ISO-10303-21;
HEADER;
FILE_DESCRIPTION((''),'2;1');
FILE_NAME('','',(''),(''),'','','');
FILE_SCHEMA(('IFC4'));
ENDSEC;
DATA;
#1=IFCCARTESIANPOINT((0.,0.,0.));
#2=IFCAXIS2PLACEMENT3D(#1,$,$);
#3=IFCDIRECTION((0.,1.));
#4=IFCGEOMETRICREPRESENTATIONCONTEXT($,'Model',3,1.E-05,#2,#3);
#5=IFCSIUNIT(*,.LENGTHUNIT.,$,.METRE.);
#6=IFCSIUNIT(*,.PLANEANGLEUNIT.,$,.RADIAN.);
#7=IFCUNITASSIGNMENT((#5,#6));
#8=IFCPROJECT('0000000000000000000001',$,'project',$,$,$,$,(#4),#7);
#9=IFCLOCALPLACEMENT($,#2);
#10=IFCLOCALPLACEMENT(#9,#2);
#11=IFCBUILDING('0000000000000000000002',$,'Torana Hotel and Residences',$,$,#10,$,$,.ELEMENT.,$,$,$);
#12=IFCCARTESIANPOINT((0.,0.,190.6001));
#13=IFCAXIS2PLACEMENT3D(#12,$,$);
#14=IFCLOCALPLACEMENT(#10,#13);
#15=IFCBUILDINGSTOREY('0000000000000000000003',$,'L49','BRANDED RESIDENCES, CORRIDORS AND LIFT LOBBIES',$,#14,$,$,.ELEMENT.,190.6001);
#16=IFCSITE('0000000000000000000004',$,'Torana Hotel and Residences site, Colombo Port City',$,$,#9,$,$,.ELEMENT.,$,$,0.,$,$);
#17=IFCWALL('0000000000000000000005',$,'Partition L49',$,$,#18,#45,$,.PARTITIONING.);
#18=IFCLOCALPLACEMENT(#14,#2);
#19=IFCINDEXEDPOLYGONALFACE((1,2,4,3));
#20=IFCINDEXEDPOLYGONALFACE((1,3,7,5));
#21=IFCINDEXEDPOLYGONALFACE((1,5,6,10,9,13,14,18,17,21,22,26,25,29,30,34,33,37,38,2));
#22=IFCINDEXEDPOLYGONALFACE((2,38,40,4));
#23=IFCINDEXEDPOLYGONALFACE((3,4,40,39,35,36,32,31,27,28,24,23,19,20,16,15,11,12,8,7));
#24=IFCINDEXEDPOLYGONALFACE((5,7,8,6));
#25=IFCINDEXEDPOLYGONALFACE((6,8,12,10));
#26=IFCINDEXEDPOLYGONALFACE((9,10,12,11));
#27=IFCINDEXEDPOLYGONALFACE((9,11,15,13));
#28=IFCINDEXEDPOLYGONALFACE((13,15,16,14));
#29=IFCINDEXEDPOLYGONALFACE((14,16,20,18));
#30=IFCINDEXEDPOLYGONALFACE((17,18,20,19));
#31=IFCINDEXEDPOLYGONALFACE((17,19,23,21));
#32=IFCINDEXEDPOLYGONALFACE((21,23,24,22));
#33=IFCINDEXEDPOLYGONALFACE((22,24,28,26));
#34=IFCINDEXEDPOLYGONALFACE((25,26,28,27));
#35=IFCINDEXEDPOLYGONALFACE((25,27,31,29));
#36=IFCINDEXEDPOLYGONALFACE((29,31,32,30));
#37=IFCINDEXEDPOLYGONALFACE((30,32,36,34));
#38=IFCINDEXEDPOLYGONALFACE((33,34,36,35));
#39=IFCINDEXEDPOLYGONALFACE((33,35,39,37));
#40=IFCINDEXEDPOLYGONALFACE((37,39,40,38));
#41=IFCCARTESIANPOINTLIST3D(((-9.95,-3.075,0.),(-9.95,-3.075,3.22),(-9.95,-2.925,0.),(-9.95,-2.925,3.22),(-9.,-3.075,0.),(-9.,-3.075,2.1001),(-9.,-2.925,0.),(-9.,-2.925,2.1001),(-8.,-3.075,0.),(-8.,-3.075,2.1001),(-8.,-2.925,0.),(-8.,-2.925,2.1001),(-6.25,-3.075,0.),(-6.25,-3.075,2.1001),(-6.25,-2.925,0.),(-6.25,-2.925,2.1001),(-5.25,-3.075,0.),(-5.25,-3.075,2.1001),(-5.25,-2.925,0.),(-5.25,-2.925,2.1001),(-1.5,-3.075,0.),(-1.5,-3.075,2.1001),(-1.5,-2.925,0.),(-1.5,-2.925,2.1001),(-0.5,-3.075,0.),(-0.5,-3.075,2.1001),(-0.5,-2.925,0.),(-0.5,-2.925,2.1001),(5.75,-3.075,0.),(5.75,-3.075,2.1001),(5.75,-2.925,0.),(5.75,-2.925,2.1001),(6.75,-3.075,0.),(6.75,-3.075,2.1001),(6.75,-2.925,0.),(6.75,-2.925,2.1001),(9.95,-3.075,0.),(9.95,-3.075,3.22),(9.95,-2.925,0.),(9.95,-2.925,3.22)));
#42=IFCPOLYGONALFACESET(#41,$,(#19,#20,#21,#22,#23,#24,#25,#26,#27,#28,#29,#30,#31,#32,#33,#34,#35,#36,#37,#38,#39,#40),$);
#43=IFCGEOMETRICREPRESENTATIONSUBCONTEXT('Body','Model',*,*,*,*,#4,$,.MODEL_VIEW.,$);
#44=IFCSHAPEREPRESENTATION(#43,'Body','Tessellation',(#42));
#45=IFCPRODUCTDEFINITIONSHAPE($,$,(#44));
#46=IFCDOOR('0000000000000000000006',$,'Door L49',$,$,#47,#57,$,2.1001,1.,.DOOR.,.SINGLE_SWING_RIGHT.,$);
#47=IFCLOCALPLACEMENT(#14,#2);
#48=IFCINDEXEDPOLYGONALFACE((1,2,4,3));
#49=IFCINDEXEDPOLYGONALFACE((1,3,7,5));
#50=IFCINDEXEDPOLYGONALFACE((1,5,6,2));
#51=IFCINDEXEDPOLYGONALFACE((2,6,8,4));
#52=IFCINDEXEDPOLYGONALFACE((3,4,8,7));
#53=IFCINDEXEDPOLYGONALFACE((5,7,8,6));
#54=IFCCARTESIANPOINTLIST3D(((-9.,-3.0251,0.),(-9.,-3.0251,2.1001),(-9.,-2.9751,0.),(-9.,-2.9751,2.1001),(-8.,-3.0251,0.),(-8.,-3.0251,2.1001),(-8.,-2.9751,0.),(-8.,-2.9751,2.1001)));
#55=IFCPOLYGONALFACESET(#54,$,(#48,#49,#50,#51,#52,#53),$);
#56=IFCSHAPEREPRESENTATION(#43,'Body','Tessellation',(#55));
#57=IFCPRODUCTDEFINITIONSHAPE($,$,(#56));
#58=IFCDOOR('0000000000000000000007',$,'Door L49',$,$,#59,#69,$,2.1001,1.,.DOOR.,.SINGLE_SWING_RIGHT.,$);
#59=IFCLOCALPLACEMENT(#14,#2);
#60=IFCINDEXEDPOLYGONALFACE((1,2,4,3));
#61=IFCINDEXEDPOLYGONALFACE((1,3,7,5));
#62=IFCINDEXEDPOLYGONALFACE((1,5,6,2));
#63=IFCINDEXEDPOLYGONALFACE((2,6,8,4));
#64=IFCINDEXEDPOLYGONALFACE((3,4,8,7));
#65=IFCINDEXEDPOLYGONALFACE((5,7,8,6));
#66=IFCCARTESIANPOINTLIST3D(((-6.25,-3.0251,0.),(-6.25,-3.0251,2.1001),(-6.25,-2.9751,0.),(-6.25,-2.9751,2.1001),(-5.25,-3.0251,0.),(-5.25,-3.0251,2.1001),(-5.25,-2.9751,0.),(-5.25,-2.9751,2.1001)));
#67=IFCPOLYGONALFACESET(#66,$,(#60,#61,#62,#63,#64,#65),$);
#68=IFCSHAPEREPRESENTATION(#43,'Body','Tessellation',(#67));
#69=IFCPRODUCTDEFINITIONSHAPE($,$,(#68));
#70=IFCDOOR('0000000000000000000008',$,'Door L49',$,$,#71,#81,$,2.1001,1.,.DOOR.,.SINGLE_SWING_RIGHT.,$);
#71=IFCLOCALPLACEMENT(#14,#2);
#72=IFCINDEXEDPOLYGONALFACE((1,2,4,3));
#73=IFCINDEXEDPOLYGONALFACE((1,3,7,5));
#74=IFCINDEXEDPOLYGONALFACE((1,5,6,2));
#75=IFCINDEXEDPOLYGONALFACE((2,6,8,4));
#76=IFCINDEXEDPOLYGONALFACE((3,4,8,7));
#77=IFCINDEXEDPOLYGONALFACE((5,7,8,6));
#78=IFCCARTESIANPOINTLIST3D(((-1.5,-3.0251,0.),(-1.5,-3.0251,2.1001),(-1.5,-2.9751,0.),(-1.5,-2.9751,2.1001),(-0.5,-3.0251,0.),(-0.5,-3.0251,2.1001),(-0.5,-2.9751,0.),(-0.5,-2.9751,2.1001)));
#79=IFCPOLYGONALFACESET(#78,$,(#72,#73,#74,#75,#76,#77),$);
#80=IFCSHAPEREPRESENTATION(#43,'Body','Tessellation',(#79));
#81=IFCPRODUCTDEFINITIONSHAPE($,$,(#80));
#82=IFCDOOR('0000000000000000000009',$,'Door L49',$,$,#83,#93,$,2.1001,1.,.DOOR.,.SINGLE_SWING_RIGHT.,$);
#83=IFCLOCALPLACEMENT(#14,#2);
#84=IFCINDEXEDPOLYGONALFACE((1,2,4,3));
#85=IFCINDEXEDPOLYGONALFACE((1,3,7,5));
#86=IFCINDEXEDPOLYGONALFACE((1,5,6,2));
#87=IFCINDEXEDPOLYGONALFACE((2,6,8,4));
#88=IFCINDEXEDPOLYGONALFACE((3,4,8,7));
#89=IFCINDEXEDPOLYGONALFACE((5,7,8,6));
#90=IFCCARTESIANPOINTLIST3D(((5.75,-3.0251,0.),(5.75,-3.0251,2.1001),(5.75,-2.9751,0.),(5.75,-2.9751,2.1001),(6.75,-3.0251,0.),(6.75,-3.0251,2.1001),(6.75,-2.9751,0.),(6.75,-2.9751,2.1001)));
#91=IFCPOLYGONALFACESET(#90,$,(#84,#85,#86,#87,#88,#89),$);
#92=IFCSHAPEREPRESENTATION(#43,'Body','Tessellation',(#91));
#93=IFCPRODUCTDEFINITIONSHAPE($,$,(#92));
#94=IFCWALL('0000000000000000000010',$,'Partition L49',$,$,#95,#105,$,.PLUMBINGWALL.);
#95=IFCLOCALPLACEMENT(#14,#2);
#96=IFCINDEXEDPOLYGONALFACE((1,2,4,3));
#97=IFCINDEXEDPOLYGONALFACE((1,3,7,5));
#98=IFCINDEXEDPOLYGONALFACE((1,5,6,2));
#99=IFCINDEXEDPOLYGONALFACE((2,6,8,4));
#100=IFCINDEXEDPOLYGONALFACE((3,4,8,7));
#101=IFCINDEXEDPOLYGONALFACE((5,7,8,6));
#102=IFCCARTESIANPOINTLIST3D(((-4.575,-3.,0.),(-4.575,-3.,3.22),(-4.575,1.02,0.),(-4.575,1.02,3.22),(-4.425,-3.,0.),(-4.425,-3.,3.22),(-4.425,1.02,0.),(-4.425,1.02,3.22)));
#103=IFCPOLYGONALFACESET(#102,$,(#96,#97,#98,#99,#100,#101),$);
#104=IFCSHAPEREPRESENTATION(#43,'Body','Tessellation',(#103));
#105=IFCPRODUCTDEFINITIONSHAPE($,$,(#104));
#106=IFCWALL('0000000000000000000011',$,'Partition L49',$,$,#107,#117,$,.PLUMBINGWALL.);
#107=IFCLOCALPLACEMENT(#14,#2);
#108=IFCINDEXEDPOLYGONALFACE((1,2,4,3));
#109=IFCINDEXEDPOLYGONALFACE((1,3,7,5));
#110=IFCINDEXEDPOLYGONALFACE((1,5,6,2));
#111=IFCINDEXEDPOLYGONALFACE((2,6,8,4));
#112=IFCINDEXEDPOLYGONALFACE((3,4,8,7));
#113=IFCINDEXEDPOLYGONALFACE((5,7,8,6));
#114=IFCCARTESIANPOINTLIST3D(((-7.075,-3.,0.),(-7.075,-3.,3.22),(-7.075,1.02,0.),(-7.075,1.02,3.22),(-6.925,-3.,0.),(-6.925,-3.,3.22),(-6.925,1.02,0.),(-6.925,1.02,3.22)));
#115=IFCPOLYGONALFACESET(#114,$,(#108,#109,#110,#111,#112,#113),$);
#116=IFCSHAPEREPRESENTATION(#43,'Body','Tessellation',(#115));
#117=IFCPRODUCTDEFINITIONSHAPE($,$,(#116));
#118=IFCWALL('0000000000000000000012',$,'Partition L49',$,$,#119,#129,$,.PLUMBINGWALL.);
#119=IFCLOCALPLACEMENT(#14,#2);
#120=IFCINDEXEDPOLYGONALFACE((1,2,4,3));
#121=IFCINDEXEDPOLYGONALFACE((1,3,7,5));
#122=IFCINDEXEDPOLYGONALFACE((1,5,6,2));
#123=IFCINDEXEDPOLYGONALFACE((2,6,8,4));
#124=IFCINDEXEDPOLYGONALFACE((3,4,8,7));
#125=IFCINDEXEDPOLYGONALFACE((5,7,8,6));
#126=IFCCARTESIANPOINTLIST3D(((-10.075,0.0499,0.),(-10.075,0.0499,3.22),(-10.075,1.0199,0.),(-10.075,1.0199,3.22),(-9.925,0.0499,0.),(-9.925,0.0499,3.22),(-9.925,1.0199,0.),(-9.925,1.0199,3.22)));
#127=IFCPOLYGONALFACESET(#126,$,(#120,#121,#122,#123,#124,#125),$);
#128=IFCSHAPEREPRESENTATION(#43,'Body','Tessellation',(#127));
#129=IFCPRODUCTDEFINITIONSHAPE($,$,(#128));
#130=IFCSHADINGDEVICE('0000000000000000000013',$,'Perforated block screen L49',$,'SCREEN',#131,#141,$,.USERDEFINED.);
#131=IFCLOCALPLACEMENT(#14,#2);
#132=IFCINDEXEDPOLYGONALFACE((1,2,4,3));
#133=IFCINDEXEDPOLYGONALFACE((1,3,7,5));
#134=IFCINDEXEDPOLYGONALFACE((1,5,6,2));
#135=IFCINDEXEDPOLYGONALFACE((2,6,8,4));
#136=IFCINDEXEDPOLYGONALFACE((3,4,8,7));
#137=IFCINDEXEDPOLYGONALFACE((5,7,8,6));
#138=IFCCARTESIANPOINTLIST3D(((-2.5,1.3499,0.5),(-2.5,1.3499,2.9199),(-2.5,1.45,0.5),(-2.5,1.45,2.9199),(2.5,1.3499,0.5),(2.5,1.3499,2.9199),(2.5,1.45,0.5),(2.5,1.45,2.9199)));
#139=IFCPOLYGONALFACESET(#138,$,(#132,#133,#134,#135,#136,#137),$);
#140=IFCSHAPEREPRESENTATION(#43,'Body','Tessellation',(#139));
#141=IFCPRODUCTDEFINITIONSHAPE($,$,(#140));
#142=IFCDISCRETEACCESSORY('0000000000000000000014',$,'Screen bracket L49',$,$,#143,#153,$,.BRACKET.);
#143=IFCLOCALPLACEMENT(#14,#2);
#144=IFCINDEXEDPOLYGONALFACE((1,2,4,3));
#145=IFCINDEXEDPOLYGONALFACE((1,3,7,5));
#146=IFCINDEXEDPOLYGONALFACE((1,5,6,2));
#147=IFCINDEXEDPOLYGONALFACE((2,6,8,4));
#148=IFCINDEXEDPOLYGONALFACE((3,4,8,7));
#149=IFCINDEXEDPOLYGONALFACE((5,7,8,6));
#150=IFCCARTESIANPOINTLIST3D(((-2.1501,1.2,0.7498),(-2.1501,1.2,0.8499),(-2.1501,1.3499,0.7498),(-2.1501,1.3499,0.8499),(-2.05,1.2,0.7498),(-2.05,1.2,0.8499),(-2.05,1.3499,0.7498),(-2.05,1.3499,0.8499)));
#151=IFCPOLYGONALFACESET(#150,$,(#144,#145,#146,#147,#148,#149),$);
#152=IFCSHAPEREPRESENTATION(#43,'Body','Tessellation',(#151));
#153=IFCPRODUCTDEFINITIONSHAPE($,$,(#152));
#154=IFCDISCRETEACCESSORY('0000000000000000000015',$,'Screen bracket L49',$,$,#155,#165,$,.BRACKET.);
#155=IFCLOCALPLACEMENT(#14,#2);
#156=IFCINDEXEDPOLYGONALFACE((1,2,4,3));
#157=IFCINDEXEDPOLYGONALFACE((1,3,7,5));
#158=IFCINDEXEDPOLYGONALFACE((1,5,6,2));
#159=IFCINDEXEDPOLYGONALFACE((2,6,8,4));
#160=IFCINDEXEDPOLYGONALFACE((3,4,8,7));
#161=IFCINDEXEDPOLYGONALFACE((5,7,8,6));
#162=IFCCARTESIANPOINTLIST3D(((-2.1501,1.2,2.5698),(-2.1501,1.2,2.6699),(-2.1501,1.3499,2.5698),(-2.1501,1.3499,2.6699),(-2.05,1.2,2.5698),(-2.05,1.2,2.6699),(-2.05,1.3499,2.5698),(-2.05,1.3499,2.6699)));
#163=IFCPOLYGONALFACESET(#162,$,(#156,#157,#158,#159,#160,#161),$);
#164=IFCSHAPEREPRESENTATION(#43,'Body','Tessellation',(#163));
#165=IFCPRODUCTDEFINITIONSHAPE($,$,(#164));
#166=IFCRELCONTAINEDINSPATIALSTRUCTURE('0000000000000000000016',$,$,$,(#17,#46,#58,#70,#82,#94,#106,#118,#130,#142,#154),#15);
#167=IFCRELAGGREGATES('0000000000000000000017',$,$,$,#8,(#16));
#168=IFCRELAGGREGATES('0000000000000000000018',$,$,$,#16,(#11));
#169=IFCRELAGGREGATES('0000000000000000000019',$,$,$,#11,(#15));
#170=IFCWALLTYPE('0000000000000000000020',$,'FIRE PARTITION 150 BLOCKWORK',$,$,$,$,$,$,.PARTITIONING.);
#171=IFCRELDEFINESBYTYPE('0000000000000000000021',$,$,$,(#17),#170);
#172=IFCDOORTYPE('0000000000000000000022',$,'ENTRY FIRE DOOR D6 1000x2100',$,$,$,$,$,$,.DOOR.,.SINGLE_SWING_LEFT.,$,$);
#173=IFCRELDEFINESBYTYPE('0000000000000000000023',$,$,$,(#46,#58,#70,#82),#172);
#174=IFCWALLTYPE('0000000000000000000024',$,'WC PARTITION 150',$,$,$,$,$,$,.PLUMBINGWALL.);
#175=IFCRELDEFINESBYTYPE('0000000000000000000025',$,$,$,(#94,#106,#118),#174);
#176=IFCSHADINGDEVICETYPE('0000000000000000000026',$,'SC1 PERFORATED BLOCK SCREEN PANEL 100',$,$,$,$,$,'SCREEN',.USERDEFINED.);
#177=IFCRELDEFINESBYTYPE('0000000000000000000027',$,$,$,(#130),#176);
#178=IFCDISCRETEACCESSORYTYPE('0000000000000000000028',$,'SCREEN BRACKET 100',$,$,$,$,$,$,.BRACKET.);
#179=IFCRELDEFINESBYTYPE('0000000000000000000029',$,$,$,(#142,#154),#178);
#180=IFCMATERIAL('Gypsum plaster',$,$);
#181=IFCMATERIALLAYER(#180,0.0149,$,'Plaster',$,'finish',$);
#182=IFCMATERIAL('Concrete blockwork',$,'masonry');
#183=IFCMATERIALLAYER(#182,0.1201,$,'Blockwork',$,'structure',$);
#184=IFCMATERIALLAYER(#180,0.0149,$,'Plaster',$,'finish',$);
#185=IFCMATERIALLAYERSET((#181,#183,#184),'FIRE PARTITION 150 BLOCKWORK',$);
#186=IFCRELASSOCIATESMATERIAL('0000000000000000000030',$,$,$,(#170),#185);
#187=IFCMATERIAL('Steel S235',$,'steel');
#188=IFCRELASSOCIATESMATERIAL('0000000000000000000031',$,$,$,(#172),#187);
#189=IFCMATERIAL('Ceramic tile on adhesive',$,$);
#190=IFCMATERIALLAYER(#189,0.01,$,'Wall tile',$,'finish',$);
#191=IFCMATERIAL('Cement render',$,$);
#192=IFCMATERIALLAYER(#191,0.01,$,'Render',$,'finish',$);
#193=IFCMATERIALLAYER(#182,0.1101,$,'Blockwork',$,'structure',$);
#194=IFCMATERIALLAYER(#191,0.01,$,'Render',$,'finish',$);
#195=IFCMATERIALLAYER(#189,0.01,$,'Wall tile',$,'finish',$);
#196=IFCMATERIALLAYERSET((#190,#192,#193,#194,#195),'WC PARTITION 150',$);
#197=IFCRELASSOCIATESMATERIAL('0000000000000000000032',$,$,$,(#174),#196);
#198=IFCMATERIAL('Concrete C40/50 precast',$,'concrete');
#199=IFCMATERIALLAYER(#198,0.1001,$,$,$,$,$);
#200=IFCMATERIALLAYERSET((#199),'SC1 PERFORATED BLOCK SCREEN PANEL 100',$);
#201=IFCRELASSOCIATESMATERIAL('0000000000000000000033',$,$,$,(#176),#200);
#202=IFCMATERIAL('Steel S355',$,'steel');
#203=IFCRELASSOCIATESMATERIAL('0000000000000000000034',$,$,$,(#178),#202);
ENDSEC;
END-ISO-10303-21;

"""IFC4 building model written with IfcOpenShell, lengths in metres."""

from ifc_helpers import new_model, si_unit, direction, frame, frame_2d, origin, origin_2d, place, context, subcontext, project, spatial, rectangle, extrude, material, layer, layer_set, type_object, element, fill, save


model = new_model("IFC4")

# Units and contexts
model_context = context("Model", 3, precision=1e-05, world=origin(), true_north=direction((0.0, 1.0)))
body_context = subcontext(model_context, "Body", "Model", "MODEL_VIEW")
ifc_project = project(units=[si_unit("LENGTHUNIT", "METRE"), si_unit("PLANEANGLEUNIT", "RADIAN")], contexts=[model_context])

# Site, building, storey
site_placement = place(None, origin())
site = spatial("IfcSite", under=ifc_project, at=site_placement, Name="Torana Hotel and Residences site, Colombo Port City", CompositionType="ELEMENT", RefElevation=0.0)
building_placement = place(site_placement, origin())
building = spatial("IfcBuilding", under=site, at=building_placement, Name="Torana Hotel and Residences", CompositionType="ELEMENT")
storey_placement = place(building_placement, frame((0.0, 0.0, 190.6001)))
storey = spatial("IfcBuildingStorey", under=building, at=storey_placement, Name="L49", Description="BRANDED RESIDENCES, CORRIDORS AND LIFT LOBBIES", CompositionType="ELEMENT", Elevation=190.6001)

# Shared definitions
ifc_material_1 = material(Name="Gypsum plaster")
ifc_layer_1 = layer(ifc_material_1, 0.0149, Name="Plaster", Category="finish")
ifc_material_2 = material(Name="Concrete blockwork", Category="masonry")
ifc_layer_2 = layer(ifc_material_2, 0.1201, Name="Blockwork", Category="structure")
ifc_layer_3 = layer(ifc_material_1, 0.0149, Name="Plaster", Category="finish")
ifc_layer_set_1 = layer_set([ifc_layer_1, ifc_layer_2, ifc_layer_3], Name="FIRE PARTITION 150 BLOCKWORK")
wall_type_1 = type_object("IfcWallType", Name="FIRE PARTITION 150 BLOCKWORK", PredefinedType="PARTITIONING", material=ifc_layer_set_1)

# Wall, openings, doors
ifc_material_3 = material(Name="Steel S235", Category="steel")
door_type = type_object("IfcDoorType", Name="ENTRY FIRE DOOR D6 1000x2100", OperationType="SINGLE_SWING_LEFT", PredefinedType="DOOR", material=ifc_material_3)
wall_1_placement = place(storey_placement, frame((-9.95, -3.0, 0.0), z_axis=(0.0, 0.0, 1.0), x_axis=(1.0, 0.0, 0.0)))
wall_1 = element("IfcWall", 1, at=wall_1_placement, inside=storey, type_object=wall_type_1, Name="Partition L49", PredefinedType="PARTITIONING", context=body_context, shape_type="SweptSolid", body=[
    extrude(rectangle(XDim=19.8999, YDim=0.1499, at=frame_2d((9.95, 0.0))), origin(), (0.0, 0.0, 1.0), 3.22),
])
opening_1_placement = place(wall_1_placement, frame((0.95, 0.0, 0.0)))
opening_1 = element("IfcOpeningElement", 2, at=opening_1_placement, cuts=wall_1, PredefinedType="OPENING", context=body_context, shape_type="SweptSolid", body=[
    extrude(rectangle(XDim=1.0, YDim=2.1001, at=frame_2d((0.5, 1.05))), frame((0.0, 0.085, 0.0), z_axis=(0.0, -1.0, 0.0), x_axis=(1.0, 0.0, 0.0)), (0.0, 0.0, 1.0), 0.1699),
])
opening_2_placement = place(wall_1_placement, frame((3.7, 0.0, 0.0)))
opening_2 = element("IfcOpeningElement", 3, at=opening_2_placement, cuts=wall_1, PredefinedType="OPENING", context=body_context, shape_type="SweptSolid", body=[
    extrude(rectangle(XDim=1.0, YDim=2.1001, at=frame_2d((0.5, 1.05))), frame((0.0, 0.085, 0.0), z_axis=(0.0, -1.0, 0.0), x_axis=(1.0, 0.0, 0.0)), (0.0, 0.0, 1.0), 0.1699),
])
opening_3_placement = place(wall_1_placement, frame((8.45, 0.0, 0.0)))
opening_3 = element("IfcOpeningElement", 4, at=opening_3_placement, cuts=wall_1, PredefinedType="OPENING", context=body_context, shape_type="SweptSolid", body=[
    extrude(rectangle(XDim=1.0, YDim=2.1001, at=frame_2d((0.5, 1.05))), frame((0.0, 0.085, 0.0), z_axis=(0.0, -1.0, 0.0), x_axis=(1.0, 0.0, 0.0)), (0.0, 0.0, 1.0), 0.1699),
])
opening_4_placement = place(wall_1_placement, frame((15.7, 0.0, 0.0)))
opening_4 = element("IfcOpeningElement", 5, at=opening_4_placement, cuts=wall_1, PredefinedType="OPENING", context=body_context, shape_type="SweptSolid", body=[
    extrude(rectangle(XDim=1.0, YDim=2.1001, at=frame_2d((0.5, 1.05))), frame((0.0, 0.085, 0.0), z_axis=(0.0, -1.0, 0.0), x_axis=(1.0, 0.0, 0.0)), (0.0, 0.0, 1.0), 0.1699),
])
door_1_placement = place(opening_1_placement, origin())
door_1 = element("IfcDoor", 6, at=door_1_placement, inside=storey, type_object=door_type, Name="Door L49", OperationType="SINGLE_SWING_RIGHT", OverallHeight=2.1001, OverallWidth=1.0, PredefinedType="DOOR", context=body_context, shape_type="SweptSolid", body=[
    extrude(rectangle(XDim=1.0, YDim=2.1001, at=frame_2d((0.5, 1.05))), frame((0.0, 0.0249, 0.0), z_axis=(0.0, -1.0, 0.0), x_axis=(1.0, 0.0, 0.0)), (0.0, 0.0, 1.0), 0.05),
])
fill(opening_1, door_1)
door_2_placement = place(opening_2_placement, origin())
door_2 = element("IfcDoor", 7, at=door_2_placement, inside=storey, type_object=door_type, Name="Door L49", OperationType="SINGLE_SWING_RIGHT", OverallHeight=2.1001, OverallWidth=1.0, PredefinedType="DOOR", context=body_context, shape_type="SweptSolid", body=[
    extrude(rectangle(XDim=1.0, YDim=2.1001, at=frame_2d((0.5, 1.05))), frame((0.0, 0.0249, 0.0), z_axis=(0.0, -1.0, 0.0), x_axis=(1.0, 0.0, 0.0)), (0.0, 0.0, 1.0), 0.05),
])
fill(opening_2, door_2)
door_3_placement = place(opening_3_placement, origin())
door_3 = element("IfcDoor", 8, at=door_3_placement, inside=storey, type_object=door_type, Name="Door L49", OperationType="SINGLE_SWING_RIGHT", OverallHeight=2.1001, OverallWidth=1.0, PredefinedType="DOOR", context=body_context, shape_type="SweptSolid", body=[
    extrude(rectangle(XDim=1.0, YDim=2.1001, at=frame_2d((0.5, 1.05))), frame((0.0, 0.0249, 0.0), z_axis=(0.0, -1.0, 0.0), x_axis=(1.0, 0.0, 0.0)), (0.0, 0.0, 1.0), 0.05),
])
fill(opening_3, door_3)
door_4_placement = place(opening_4_placement, origin())
door_4 = element("IfcDoor", 9, at=door_4_placement, inside=storey, type_object=door_type, Name="Door L49", OperationType="SINGLE_SWING_RIGHT", OverallHeight=2.1001, OverallWidth=1.0, PredefinedType="DOOR", context=body_context, shape_type="SweptSolid", body=[
    extrude(rectangle(XDim=1.0, YDim=2.1001, at=frame_2d((0.5, 1.05))), frame((0.0, 0.0249, 0.0), z_axis=(0.0, -1.0, 0.0), x_axis=(1.0, 0.0, 0.0)), (0.0, 0.0, 1.0), 0.05),
])
fill(opening_4, door_4)

# Walls
ifc_material_4 = material(Name="Ceramic tile on adhesive")
ifc_layer_4 = layer(ifc_material_4, 0.01, Name="Wall tile", Category="finish")
ifc_material_5 = material(Name="Cement render")
ifc_layer_5 = layer(ifc_material_5, 0.01, Name="Render", Category="finish")
ifc_layer_6 = layer(ifc_material_2, 0.1101, Name="Blockwork", Category="structure")
ifc_layer_7 = layer(ifc_material_5, 0.01, Name="Render", Category="finish")
ifc_layer_8 = layer(ifc_material_4, 0.01, Name="Wall tile", Category="finish")
ifc_layer_set_2 = layer_set([ifc_layer_4, ifc_layer_5, ifc_layer_6, ifc_layer_7, ifc_layer_8], Name="WC PARTITION 150")
wall_type_2 = type_object("IfcWallType", Name="WC PARTITION 150", PredefinedType="PLUMBINGWALL", material=ifc_layer_set_2)
for number, where, z_axis, x_axis, name in (
    (10, (-4.5, -3.0, 0.0), (0.0, 0.0, 1.0), (0.0, 1.0, 0.0), "Partition L49"),
    (11, (-7.0, -3.0, 0.0), (0.0, 0.0, 1.0), (0.0, 1.0, 0.0), "Partition L49"),
):
    element("IfcWall", number, at=place(storey_placement, frame(where, z_axis=z_axis, x_axis=x_axis)), inside=storey, type_object=wall_type_2, Name=name, PredefinedType="PLUMBINGWALL", context=body_context, shape_type="SweptSolid", body=[
        extrude(rectangle(XDim=4.02, YDim=0.1499, at=frame_2d((2.01, 0.0))), origin(), (0.0, 0.0, 1.0), 3.22),
    ])
wall_2_placement = place(storey_placement, frame((-10.0, 0.05, 0.0), z_axis=(0.0, 0.0, 1.0), x_axis=(0.0, 1.0, 0.0)))
element("IfcWall", 12, at=wall_2_placement, inside=storey, type_object=wall_type_2, Name="Partition L49", PredefinedType="PLUMBINGWALL", context=body_context, shape_type="SweptSolid", body=[
    extrude(rectangle(XDim=0.97, YDim=0.1499, at=frame_2d((0.4849, 0.0))), origin(), (0.0, 0.0, 1.0), 3.22),
])

# Shading device
ifc_material_6 = material(Name="Concrete C40/50 precast", Category="concrete")
ifc_layer_9 = layer(ifc_material_6, 0.1001)
ifc_layer_set_3 = layer_set([ifc_layer_9], Name="SC1 PERFORATED BLOCK SCREEN PANEL 100")
shading_device_type = type_object("IfcShadingDeviceType", Name="SC1 PERFORATED BLOCK SCREEN PANEL 100", ElementType="SCREEN", PredefinedType="USERDEFINED", material=ifc_layer_set_3)
shading_device_placement = place(storey_placement, frame((0.0, 1.3999, 0.5), z_axis=(0.0, 0.0, 1.0), x_axis=(-1.0, 0.0, 0.0)))
element("IfcShadingDevice", 13, at=shading_device_placement, inside=storey, type_object=shading_device_type, Name="Perforated block screen L49", ObjectType="SCREEN", PredefinedType="USERDEFINED", context=body_context, shape_type="SweptSolid", body=[
    extrude(rectangle(XDim=5.0, YDim=0.1001, at=origin_2d()), origin(), (0.0, 0.0, 1.0), 2.4199),
])

# Discrete accessories
ifc_material_7 = material(Name="Steel S355", Category="steel")
discrete_accessory_type = type_object("IfcDiscreteAccessoryType", Name="SCREEN BRACKET 100", PredefinedType="BRACKET", material=ifc_material_7)
for number, where, z_axis, x_axis, name in (
    (14, (-2.1001, 1.2749, 0.7498), (0.0, 0.0, 1.0), (-1.0, 0.0, 0.0), "Screen bracket L49"),
    (15, (-2.1001, 1.2749, 2.5698), (0.0, 0.0, 1.0), (-1.0, 0.0, 0.0), "Screen bracket L49"),
):
    element("IfcDiscreteAccessory", number, at=place(storey_placement, frame(where, z_axis=z_axis, x_axis=x_axis)), inside=storey, type_object=discrete_accessory_type, Name=name, PredefinedType="BRACKET", context=body_context, shape_type="SweptSolid", body=[
        extrude(rectangle(XDim=0.1001, YDim=0.1499, at=origin_2d()), origin(), (0.0, 0.0, 1.0), 0.1001),
    ])

save(model, "model.ifc")
